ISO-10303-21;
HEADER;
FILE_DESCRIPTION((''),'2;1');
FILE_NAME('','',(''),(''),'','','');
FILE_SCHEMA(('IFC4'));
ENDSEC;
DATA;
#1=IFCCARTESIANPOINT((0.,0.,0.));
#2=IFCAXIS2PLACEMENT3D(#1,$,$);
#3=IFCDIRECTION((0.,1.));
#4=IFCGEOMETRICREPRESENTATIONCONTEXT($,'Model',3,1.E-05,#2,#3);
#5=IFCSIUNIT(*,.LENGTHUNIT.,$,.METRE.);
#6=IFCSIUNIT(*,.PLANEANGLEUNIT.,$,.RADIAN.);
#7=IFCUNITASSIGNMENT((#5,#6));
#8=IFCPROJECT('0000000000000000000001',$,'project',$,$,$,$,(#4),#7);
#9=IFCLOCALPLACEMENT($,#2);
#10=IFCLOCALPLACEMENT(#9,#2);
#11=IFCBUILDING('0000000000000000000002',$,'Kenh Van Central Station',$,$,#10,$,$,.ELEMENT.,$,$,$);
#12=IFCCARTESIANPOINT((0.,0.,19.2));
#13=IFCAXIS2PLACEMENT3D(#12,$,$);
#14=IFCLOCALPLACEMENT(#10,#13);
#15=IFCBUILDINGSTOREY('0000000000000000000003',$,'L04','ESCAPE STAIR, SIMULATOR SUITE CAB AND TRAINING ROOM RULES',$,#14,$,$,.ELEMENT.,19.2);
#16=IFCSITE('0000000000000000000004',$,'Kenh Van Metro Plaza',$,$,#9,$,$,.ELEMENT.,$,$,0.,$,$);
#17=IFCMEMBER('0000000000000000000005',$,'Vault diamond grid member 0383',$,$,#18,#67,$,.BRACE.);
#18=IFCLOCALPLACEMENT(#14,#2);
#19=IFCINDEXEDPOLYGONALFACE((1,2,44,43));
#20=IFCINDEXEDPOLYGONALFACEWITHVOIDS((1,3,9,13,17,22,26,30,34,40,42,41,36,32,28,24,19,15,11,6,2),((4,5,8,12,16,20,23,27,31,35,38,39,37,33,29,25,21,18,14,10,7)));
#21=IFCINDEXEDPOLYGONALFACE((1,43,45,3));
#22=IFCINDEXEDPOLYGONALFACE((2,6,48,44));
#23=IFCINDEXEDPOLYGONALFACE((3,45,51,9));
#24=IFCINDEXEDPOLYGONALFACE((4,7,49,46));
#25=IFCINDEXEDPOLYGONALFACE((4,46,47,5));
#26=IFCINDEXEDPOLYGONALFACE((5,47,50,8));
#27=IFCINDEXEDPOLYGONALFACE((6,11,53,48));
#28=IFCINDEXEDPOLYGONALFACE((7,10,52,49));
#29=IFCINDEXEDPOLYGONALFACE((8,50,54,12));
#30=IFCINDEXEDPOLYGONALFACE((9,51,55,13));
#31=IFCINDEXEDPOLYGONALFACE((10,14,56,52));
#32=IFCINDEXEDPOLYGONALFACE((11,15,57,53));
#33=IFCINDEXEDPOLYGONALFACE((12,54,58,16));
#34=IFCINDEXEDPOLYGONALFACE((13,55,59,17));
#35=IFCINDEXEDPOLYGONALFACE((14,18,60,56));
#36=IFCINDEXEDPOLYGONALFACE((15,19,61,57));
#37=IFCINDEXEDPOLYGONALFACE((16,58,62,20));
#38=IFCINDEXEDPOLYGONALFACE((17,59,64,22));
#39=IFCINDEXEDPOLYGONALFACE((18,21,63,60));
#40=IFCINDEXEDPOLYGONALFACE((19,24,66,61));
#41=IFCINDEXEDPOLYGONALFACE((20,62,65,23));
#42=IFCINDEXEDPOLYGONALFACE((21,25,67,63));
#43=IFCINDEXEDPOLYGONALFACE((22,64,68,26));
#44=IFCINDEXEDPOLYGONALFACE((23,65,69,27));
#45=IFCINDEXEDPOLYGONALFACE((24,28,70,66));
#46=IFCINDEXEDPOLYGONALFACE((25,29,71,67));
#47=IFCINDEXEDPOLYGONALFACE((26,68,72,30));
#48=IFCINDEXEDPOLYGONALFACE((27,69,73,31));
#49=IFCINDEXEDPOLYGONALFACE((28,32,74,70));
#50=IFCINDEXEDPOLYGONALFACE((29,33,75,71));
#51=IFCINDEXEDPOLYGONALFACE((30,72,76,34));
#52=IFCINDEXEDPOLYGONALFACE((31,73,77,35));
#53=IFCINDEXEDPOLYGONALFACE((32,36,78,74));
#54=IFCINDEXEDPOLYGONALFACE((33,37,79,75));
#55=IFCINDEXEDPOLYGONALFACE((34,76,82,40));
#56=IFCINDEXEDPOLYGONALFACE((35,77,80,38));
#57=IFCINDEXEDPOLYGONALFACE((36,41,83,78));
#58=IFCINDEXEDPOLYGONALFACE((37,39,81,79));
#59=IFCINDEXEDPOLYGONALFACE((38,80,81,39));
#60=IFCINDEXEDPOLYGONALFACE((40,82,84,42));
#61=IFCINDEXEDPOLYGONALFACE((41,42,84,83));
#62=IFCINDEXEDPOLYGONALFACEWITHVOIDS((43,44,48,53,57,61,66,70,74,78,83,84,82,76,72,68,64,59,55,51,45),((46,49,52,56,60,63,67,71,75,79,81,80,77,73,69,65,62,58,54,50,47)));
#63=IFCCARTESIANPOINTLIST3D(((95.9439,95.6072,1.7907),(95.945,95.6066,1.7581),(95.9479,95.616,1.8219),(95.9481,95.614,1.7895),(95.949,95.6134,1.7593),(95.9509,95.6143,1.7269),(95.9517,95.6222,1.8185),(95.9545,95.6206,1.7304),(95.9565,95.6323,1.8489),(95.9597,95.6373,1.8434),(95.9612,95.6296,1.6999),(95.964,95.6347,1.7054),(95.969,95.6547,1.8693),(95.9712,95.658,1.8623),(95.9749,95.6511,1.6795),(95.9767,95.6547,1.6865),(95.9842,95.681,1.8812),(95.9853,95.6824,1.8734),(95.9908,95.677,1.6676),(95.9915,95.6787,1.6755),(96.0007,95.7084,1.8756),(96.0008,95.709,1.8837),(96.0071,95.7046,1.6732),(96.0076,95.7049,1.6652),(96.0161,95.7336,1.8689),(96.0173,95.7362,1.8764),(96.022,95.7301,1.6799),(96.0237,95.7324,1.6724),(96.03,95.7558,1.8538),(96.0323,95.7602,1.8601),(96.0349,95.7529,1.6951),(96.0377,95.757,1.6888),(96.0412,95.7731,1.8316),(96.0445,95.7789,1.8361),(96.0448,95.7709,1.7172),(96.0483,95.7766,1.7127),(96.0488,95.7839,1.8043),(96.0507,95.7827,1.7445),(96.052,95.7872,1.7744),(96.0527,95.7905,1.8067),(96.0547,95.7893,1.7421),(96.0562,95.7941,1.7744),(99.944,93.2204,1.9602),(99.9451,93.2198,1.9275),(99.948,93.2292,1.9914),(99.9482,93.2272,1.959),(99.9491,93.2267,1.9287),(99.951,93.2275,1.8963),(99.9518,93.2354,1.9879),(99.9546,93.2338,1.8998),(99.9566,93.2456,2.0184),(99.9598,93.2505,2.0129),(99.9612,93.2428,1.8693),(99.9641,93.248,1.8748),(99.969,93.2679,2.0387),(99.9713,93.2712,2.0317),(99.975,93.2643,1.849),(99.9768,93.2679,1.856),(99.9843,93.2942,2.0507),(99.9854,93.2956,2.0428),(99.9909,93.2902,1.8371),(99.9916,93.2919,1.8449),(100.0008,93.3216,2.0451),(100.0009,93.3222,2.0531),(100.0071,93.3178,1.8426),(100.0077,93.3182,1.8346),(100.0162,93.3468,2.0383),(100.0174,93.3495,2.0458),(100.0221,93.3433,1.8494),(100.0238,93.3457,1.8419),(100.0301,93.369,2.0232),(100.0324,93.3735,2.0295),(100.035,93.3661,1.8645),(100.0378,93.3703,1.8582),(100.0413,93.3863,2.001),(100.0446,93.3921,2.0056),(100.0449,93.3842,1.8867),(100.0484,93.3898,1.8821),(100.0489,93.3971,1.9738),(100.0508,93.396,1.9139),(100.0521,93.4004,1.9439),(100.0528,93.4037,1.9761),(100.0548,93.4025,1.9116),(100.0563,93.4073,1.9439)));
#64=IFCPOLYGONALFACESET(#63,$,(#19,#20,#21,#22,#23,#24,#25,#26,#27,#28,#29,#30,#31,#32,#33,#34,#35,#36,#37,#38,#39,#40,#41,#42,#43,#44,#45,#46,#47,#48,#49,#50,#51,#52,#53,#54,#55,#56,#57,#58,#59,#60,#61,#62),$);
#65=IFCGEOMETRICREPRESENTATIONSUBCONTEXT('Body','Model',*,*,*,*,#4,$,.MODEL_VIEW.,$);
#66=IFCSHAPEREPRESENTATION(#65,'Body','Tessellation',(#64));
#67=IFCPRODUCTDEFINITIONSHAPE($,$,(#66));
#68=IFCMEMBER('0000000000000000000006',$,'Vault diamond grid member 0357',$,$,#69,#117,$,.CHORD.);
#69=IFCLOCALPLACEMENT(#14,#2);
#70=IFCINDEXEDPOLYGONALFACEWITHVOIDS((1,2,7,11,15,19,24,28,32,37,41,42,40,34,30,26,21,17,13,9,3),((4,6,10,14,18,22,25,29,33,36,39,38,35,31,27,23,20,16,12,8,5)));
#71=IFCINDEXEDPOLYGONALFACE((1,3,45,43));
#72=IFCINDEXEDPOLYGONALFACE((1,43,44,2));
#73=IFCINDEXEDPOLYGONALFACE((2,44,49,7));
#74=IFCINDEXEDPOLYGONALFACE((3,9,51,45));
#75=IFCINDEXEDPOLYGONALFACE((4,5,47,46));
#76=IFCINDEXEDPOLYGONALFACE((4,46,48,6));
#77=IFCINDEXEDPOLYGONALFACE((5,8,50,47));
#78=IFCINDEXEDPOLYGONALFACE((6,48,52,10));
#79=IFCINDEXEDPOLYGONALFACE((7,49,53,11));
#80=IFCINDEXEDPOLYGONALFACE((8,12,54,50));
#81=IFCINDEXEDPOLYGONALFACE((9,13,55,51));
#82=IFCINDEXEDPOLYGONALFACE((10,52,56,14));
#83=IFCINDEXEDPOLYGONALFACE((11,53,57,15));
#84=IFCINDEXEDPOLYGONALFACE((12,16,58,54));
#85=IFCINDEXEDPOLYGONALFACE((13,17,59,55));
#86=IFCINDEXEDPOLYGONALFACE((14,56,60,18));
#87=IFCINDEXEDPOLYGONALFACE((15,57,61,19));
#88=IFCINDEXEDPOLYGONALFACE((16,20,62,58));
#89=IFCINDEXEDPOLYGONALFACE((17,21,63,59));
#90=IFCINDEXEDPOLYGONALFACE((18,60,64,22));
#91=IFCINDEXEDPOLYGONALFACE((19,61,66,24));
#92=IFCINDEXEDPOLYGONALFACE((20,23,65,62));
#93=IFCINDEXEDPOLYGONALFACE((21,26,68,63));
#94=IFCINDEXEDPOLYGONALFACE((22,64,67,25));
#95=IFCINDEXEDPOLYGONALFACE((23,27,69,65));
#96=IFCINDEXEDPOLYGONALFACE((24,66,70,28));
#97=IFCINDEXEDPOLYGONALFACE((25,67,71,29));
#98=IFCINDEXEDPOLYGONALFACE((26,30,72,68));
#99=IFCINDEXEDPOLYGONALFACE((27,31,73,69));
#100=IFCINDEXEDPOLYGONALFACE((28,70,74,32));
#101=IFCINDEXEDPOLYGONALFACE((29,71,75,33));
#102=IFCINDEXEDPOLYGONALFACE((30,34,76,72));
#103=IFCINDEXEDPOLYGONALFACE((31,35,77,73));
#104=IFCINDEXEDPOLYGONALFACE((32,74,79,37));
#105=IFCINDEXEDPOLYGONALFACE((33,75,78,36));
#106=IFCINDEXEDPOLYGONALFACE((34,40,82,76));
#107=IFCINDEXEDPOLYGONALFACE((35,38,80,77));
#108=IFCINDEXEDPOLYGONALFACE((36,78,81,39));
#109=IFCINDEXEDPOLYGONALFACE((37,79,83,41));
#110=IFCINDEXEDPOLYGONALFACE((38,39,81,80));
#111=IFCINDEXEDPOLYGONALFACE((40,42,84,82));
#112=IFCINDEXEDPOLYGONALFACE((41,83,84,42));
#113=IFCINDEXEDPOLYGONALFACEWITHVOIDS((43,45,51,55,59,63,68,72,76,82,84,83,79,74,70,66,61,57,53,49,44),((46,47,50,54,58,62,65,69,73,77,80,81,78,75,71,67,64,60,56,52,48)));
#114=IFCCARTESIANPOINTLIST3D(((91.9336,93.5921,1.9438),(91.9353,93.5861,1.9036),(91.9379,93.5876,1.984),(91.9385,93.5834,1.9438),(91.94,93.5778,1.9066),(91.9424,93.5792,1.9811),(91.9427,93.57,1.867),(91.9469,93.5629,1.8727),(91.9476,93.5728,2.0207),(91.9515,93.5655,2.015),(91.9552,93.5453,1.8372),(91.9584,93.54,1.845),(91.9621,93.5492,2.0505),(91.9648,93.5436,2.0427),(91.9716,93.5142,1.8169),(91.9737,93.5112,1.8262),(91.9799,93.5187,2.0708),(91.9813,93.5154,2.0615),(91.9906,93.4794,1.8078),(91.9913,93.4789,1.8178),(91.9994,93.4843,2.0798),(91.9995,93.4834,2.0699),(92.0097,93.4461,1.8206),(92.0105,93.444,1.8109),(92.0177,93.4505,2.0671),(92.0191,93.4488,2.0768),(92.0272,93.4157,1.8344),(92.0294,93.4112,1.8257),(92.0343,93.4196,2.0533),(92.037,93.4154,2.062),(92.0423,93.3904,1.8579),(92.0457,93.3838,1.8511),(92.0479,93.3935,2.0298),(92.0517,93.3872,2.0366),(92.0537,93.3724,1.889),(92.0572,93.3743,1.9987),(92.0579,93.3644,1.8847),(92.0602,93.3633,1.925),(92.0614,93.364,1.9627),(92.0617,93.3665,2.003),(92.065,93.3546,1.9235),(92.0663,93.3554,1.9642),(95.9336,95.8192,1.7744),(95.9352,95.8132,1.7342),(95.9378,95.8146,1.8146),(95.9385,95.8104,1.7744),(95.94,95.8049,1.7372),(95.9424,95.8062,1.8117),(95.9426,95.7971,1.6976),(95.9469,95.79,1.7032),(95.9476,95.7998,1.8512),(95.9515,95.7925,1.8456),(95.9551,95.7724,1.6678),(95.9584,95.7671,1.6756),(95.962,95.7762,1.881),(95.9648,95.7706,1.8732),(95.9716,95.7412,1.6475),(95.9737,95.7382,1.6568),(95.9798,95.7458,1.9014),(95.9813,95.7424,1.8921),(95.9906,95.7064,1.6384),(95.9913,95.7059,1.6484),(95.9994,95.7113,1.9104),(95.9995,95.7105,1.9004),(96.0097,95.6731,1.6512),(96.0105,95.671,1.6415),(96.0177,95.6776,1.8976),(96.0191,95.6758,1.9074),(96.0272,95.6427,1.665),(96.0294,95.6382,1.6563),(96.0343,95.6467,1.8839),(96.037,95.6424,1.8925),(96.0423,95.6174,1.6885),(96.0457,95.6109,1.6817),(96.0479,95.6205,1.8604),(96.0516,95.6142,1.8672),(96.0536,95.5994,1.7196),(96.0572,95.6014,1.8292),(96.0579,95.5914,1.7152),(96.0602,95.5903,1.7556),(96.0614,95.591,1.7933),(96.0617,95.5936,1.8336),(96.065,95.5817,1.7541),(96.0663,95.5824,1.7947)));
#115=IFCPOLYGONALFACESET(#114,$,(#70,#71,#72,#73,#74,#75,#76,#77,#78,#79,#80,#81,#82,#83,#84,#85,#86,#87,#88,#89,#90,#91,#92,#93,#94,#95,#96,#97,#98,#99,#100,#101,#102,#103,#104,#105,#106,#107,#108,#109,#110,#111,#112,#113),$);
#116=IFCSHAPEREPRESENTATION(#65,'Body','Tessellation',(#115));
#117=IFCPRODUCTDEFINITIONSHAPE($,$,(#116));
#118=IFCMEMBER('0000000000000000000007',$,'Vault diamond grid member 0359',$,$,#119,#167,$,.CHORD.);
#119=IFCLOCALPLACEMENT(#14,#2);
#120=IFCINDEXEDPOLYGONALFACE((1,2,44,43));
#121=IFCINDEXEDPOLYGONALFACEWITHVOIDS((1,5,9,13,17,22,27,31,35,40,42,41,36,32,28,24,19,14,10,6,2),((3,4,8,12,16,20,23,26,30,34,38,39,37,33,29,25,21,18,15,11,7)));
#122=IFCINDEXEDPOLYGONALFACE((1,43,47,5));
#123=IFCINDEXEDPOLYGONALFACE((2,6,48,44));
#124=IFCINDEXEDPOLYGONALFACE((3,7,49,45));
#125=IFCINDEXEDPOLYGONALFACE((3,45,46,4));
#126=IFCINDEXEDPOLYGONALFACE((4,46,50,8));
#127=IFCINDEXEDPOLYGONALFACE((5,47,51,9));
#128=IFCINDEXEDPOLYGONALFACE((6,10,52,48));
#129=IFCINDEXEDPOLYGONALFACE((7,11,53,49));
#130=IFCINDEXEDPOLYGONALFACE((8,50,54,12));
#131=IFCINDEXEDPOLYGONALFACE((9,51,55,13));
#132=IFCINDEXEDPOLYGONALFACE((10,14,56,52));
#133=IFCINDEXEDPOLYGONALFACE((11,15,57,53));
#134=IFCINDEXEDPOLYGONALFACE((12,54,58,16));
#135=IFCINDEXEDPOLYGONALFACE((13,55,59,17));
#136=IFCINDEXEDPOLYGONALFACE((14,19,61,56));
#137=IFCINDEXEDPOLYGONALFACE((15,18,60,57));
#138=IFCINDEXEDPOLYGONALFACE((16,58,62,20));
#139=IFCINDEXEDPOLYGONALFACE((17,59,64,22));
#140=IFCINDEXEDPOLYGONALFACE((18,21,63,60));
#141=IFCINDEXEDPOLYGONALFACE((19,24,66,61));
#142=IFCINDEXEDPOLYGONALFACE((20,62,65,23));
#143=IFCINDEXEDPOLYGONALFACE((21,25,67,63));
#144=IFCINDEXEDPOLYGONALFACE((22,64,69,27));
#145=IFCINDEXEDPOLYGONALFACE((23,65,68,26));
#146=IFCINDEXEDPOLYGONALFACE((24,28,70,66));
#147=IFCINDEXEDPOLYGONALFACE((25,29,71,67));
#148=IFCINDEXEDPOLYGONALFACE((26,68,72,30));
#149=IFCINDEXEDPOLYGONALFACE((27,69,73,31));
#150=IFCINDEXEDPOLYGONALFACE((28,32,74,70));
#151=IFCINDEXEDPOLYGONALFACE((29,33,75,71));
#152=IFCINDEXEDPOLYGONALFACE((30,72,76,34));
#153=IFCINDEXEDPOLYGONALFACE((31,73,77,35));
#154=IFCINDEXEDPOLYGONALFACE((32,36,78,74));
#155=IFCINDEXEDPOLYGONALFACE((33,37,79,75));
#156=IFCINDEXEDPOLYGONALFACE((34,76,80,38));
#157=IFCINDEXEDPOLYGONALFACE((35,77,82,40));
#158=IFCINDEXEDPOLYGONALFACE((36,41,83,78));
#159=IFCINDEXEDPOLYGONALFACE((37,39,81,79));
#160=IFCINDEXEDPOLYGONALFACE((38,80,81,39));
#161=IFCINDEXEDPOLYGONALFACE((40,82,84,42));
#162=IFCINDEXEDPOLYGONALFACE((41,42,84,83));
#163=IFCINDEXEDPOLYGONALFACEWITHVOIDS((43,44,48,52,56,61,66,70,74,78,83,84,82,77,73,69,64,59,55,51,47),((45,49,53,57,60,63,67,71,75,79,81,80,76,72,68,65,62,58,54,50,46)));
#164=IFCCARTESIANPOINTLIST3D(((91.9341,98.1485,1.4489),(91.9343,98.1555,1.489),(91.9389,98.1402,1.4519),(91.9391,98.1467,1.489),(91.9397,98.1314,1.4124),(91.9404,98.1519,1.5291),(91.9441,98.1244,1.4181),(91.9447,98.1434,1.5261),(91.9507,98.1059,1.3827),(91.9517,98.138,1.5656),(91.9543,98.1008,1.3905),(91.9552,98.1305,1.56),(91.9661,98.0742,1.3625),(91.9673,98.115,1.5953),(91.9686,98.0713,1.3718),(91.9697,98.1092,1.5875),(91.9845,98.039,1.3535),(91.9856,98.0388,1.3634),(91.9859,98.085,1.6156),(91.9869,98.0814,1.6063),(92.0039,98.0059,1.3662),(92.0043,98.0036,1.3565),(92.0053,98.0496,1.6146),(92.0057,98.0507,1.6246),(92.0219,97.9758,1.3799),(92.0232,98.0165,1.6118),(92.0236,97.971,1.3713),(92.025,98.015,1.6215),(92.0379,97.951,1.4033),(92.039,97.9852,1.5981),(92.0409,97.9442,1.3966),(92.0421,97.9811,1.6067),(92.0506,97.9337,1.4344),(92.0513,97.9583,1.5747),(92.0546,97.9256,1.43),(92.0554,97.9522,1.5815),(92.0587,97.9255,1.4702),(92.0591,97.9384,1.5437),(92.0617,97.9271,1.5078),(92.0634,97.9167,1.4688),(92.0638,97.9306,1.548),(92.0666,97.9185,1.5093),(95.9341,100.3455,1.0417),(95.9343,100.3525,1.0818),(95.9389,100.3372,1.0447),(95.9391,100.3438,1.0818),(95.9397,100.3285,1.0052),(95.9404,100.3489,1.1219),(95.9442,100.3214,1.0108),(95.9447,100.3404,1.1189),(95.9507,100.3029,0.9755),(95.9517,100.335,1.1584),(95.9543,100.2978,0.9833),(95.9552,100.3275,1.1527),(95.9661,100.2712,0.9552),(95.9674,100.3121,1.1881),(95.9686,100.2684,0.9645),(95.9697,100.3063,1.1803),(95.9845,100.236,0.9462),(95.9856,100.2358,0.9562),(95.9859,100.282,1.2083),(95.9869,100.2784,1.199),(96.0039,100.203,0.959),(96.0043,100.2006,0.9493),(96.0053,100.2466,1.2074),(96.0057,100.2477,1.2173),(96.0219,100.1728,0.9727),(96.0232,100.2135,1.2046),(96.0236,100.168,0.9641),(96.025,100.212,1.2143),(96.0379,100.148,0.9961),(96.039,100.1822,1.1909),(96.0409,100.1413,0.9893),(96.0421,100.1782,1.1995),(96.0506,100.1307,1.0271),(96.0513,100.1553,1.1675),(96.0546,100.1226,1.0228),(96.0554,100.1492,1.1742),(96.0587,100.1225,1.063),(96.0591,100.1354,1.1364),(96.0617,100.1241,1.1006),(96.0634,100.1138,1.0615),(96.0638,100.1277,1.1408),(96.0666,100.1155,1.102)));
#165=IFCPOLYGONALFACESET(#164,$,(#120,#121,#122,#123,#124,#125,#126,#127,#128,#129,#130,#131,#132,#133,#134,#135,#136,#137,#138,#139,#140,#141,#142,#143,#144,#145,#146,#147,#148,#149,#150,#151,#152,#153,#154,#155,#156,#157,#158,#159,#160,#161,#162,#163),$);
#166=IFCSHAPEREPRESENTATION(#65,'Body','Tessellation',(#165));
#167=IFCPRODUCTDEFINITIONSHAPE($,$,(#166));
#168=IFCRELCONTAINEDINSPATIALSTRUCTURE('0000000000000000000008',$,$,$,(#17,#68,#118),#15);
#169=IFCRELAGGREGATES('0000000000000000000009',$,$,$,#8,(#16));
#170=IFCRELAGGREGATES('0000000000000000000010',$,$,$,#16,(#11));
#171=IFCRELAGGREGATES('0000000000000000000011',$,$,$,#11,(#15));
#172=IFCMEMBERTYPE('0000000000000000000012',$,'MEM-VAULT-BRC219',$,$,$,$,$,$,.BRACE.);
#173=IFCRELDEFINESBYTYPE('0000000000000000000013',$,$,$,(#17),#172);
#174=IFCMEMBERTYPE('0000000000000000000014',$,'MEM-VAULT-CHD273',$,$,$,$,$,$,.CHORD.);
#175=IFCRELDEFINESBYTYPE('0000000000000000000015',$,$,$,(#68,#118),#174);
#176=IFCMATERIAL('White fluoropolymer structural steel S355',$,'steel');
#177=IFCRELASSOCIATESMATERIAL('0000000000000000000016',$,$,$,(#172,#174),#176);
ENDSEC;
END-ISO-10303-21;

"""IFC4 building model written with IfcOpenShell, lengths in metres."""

from ifc_helpers import new_model, si_unit, direction, frame, origin, origin_2d, place, context, subcontext, project, spatial, hollow_circle, extrude, material, material_profile, profile_set, type_object, element, save


model = new_model("IFC4")

# Units and contexts
model_context = context("Model", 3, precision=1e-05, world=origin(), true_north=direction((0.0, 1.0)))
body_context = subcontext(model_context, "Body", "Model", "MODEL_VIEW")
ifc_project = project(units=[si_unit("LENGTHUNIT", "METRE"), si_unit("PLANEANGLEUNIT", "RADIAN")], contexts=[model_context])

# Site, building, storey
site_placement = place(None, origin())
site = spatial("IfcSite", under=ifc_project, at=site_placement, Name="Kenh Van Metro Plaza", CompositionType="ELEMENT", RefElevation=0.0)
building_placement = place(site_placement, origin())
building = spatial("IfcBuilding", under=site, at=building_placement, Name="Kenh Van Central Station", CompositionType="ELEMENT")
storey_placement = place(building_placement, frame((0.0, 0.0, 19.2)))
storey = spatial("IfcBuildingStorey", under=building, at=storey_placement, Name="L04", Description="ESCAPE STAIR, SIMULATOR SUITE CAB AND TRAINING ROOM RULES", CompositionType="ELEMENT", Elevation=19.2)

# Shared definitions
ifc_material_1 = material(Name="White fluoropolymer structural steel S355", Category="steel")

# Members
ifc_material_profile_1 = material_profile(ifc_material_1, hollow_circle(Radius=0.1096, WallThickness=0.0081, at=origin_2d()), Name="CHS 219.1x8")
ifc_profile_set_1 = profile_set([ifc_material_profile_1], Name="White fluoropolymer structural steel S355")
member_type_1 = type_object("IfcMemberType", Name="MEM-VAULT-BRC219", PredefinedType="BRACE", material=ifc_profile_set_1)
for number, where, z_axis, x_axis, name in (
    (1, (96.0, 95.7, 1.7744), (0.858181, -0.512059, 0.036351), (0.512398, 0.858748, 0.0), "Vault diamond grid member 0383"),
):
    element("IfcMember", number, at=place(storey_placement, frame(where, z_axis=z_axis, x_axis=x_axis)), inside=storey, type_object=member_type_1, Name=name, PredefinedType="BRACE", context=body_context, shape_type="SweptSolid", body=[
        extrude(hollow_circle(Radius=0.1096, WallThickness=0.0081, at=origin_2d()), origin(), (0.0, 0.0, 1.0), 4.6611),
    ])
ifc_material_profile_2 = material_profile(ifc_material_1, hollow_circle(Radius=0.1365, WallThickness=0.01, at=origin_2d()), Name="CHS 273x10")
ifc_profile_set_2 = profile_set([ifc_material_profile_2], Name="White fluoropolymer structural steel S355")
member_type_2 = type_object("IfcMemberType", Name="MEM-VAULT-CHD273", PredefinedType="CHORD", material=ifc_profile_set_2)
member_1_placement = place(storey_placement, frame((92.0, 93.4729, 1.9438), z_axis=(0.873111, 0.486116, -0.036984), x_axis=(-0.486449, 0.873709, 0.0)))
element("IfcMember", 2, at=member_1_placement, inside=storey, type_object=member_type_2, Name="Vault diamond grid member 0357", PredefinedType="CHORD", context=body_context, shape_type="SweptSolid", body=[
    extrude(hollow_circle(Radius=0.1365, WallThickness=0.01, at=origin_2d()), origin(), (0.0, 0.0, 1.0), 4.5813),
])
member_2_placement = place(storey_placement, frame((92.0, 98.0359, 1.489), z_axis=(0.873023, 0.479512, -0.088879), x_axis=(-0.481418, 0.876491, 0.0)))
element("IfcMember", 3, at=member_2_placement, inside=storey, type_object=member_type_2, Name="Vault diamond grid member 0359", PredefinedType="CHORD", context=body_context, shape_type="SweptSolid", body=[
    extrude(hollow_circle(Radius=0.1365, WallThickness=0.01, at=origin_2d()), origin(), (0.0, 0.0, 1.0), 4.5818),
])

save(model, "model.ifc")
